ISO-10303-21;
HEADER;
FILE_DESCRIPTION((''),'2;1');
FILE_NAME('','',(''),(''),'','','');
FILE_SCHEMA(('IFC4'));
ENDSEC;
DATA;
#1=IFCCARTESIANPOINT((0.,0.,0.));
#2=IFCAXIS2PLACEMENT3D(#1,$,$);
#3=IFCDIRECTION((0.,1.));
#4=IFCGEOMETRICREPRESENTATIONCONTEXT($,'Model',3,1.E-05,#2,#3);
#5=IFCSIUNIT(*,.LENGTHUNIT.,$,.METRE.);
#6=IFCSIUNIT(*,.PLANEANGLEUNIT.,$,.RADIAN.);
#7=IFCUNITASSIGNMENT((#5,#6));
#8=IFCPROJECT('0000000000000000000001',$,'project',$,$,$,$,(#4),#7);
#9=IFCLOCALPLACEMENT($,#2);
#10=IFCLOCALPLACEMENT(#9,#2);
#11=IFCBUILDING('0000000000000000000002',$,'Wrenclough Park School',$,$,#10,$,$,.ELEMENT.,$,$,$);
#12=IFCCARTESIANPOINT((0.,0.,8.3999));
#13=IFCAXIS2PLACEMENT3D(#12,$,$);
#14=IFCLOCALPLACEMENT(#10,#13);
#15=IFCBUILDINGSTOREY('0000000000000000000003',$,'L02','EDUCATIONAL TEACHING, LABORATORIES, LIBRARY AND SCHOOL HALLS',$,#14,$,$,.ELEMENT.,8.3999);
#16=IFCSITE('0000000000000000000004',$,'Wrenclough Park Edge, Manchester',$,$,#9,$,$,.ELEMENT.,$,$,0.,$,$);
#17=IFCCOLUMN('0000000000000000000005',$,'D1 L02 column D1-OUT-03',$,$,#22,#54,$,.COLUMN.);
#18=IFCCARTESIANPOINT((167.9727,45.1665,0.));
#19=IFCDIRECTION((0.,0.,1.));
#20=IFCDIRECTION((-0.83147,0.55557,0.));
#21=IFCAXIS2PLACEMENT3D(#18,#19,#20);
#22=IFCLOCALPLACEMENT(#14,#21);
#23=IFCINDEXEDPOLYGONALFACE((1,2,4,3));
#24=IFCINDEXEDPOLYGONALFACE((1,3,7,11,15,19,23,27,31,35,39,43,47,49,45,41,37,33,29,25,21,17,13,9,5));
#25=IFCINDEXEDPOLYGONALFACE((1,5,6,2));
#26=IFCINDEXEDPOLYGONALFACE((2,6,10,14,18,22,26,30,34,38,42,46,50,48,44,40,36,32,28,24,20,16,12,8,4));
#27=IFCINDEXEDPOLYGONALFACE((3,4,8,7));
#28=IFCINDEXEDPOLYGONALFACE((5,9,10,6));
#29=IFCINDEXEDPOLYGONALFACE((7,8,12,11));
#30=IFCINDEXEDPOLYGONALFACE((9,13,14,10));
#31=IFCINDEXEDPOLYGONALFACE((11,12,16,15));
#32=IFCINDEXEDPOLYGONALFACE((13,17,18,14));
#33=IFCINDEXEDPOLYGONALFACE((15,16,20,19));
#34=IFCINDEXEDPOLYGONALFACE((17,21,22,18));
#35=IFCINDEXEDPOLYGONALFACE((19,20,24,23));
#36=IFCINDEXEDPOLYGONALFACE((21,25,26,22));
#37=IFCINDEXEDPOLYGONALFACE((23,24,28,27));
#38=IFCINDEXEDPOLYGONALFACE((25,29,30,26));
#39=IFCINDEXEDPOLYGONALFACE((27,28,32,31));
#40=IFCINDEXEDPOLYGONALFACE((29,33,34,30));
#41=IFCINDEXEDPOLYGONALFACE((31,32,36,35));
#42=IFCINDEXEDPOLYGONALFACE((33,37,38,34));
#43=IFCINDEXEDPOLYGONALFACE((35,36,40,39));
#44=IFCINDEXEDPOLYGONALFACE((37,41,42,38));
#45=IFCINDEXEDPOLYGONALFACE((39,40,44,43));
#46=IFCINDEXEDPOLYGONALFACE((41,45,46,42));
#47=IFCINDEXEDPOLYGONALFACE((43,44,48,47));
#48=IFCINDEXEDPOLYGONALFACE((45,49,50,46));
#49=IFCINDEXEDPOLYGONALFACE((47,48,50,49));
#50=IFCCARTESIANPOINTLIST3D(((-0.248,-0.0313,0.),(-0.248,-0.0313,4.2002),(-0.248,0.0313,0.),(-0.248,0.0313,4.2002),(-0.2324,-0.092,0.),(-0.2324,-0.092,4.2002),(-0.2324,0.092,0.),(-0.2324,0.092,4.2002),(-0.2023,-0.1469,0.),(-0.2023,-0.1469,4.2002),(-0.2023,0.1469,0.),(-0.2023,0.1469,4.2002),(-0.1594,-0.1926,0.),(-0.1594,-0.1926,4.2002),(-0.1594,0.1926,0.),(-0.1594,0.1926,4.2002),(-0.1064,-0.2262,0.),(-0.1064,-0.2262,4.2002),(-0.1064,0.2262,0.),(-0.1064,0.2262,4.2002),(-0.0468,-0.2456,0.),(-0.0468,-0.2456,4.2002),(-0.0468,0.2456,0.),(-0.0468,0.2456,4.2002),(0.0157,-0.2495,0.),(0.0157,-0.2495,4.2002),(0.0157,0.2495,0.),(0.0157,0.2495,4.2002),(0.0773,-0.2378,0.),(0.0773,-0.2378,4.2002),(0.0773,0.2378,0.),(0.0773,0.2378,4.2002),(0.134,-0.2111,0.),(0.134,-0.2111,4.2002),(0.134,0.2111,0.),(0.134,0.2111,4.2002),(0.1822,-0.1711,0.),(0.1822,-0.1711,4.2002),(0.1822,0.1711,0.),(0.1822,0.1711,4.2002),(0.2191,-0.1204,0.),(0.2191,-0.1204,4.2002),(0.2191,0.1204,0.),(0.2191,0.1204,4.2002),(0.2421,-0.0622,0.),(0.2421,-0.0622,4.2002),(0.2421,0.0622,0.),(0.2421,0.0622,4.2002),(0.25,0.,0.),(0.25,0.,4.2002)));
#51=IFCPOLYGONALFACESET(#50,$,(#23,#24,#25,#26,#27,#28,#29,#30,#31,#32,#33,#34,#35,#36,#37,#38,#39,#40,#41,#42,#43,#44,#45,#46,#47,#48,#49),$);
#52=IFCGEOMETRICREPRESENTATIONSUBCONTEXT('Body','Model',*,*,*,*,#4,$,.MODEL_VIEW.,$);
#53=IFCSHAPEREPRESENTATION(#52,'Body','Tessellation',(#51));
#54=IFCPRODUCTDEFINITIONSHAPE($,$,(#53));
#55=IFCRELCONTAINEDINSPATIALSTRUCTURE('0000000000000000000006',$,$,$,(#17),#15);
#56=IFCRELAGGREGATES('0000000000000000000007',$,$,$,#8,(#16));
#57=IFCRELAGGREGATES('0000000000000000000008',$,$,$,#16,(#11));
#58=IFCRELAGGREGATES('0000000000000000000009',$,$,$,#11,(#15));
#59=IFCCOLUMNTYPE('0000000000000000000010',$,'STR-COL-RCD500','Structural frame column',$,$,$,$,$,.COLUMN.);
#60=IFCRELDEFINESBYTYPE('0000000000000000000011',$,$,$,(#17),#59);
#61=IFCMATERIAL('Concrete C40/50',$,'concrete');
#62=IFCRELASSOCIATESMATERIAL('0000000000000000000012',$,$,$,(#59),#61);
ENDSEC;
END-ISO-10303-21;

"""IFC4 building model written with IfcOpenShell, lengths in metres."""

from ifc_helpers import new_model, si_unit, direction, frame, origin, origin_2d, place, context, subcontext, project, spatial, circle, extrude, material, material_profile, profile_set, type_object, element, save


model = new_model("IFC4")

# Units and contexts
model_context = context("Model", 3, precision=1e-05, world=origin(), true_north=direction((0.0, 1.0)))
body_context = subcontext(model_context, "Body", "Model", "MODEL_VIEW")
ifc_project = project(units=[si_unit("LENGTHUNIT", "METRE"), si_unit("PLANEANGLEUNIT", "RADIAN")], contexts=[model_context])

# Site, building, storey
site_placement = place(None, origin())
site = spatial("IfcSite", under=ifc_project, at=site_placement, Name="Wrenclough Park Edge, Manchester", CompositionType="ELEMENT", RefElevation=0.0)
building_placement = place(site_placement, origin())
building = spatial("IfcBuilding", under=site, at=building_placement, Name="Wrenclough Park School", CompositionType="ELEMENT")
storey_placement = place(building_placement, frame((0.0, 0.0, 8.3999)))
storey = spatial("IfcBuildingStorey", under=building, at=storey_placement, Name="L02", Description="EDUCATIONAL TEACHING, LABORATORIES, LIBRARY AND SCHOOL HALLS", CompositionType="ELEMENT", Elevation=8.3999)

# Column
ifc_material_1 = material(Name="Concrete C40/50", Category="concrete")
ifc_material_profile_1 = material_profile(ifc_material_1, circle(Radius=0.25, at=origin_2d()), Name="RC COL D500")
ifc_profile_set_1 = profile_set([ifc_material_profile_1], Name="Concrete C40/50")
column_type_1 = type_object("IfcColumnType", Name="STR-COL-RCD500", Description="Structural frame column", PredefinedType="COLUMN", material=ifc_profile_set_1)
column_1_placement = place(storey_placement, frame((167.9727, 45.1665, 0.0), z_axis=(0.0, 0.0, 1.0), x_axis=(-0.83147, 0.55557, 0.0)))
element("IfcColumn", 1, at=column_1_placement, inside=storey, type_object=column_type_1, Name="D1 L02 column D1-OUT-03", PredefinedType="COLUMN", context=body_context, shape_type="SweptSolid", body=[
    extrude(circle(Radius=0.25, at=origin_2d()), origin(), (0.0, 0.0, 1.0), 4.2002),
])

save(model, "model.ifc")
